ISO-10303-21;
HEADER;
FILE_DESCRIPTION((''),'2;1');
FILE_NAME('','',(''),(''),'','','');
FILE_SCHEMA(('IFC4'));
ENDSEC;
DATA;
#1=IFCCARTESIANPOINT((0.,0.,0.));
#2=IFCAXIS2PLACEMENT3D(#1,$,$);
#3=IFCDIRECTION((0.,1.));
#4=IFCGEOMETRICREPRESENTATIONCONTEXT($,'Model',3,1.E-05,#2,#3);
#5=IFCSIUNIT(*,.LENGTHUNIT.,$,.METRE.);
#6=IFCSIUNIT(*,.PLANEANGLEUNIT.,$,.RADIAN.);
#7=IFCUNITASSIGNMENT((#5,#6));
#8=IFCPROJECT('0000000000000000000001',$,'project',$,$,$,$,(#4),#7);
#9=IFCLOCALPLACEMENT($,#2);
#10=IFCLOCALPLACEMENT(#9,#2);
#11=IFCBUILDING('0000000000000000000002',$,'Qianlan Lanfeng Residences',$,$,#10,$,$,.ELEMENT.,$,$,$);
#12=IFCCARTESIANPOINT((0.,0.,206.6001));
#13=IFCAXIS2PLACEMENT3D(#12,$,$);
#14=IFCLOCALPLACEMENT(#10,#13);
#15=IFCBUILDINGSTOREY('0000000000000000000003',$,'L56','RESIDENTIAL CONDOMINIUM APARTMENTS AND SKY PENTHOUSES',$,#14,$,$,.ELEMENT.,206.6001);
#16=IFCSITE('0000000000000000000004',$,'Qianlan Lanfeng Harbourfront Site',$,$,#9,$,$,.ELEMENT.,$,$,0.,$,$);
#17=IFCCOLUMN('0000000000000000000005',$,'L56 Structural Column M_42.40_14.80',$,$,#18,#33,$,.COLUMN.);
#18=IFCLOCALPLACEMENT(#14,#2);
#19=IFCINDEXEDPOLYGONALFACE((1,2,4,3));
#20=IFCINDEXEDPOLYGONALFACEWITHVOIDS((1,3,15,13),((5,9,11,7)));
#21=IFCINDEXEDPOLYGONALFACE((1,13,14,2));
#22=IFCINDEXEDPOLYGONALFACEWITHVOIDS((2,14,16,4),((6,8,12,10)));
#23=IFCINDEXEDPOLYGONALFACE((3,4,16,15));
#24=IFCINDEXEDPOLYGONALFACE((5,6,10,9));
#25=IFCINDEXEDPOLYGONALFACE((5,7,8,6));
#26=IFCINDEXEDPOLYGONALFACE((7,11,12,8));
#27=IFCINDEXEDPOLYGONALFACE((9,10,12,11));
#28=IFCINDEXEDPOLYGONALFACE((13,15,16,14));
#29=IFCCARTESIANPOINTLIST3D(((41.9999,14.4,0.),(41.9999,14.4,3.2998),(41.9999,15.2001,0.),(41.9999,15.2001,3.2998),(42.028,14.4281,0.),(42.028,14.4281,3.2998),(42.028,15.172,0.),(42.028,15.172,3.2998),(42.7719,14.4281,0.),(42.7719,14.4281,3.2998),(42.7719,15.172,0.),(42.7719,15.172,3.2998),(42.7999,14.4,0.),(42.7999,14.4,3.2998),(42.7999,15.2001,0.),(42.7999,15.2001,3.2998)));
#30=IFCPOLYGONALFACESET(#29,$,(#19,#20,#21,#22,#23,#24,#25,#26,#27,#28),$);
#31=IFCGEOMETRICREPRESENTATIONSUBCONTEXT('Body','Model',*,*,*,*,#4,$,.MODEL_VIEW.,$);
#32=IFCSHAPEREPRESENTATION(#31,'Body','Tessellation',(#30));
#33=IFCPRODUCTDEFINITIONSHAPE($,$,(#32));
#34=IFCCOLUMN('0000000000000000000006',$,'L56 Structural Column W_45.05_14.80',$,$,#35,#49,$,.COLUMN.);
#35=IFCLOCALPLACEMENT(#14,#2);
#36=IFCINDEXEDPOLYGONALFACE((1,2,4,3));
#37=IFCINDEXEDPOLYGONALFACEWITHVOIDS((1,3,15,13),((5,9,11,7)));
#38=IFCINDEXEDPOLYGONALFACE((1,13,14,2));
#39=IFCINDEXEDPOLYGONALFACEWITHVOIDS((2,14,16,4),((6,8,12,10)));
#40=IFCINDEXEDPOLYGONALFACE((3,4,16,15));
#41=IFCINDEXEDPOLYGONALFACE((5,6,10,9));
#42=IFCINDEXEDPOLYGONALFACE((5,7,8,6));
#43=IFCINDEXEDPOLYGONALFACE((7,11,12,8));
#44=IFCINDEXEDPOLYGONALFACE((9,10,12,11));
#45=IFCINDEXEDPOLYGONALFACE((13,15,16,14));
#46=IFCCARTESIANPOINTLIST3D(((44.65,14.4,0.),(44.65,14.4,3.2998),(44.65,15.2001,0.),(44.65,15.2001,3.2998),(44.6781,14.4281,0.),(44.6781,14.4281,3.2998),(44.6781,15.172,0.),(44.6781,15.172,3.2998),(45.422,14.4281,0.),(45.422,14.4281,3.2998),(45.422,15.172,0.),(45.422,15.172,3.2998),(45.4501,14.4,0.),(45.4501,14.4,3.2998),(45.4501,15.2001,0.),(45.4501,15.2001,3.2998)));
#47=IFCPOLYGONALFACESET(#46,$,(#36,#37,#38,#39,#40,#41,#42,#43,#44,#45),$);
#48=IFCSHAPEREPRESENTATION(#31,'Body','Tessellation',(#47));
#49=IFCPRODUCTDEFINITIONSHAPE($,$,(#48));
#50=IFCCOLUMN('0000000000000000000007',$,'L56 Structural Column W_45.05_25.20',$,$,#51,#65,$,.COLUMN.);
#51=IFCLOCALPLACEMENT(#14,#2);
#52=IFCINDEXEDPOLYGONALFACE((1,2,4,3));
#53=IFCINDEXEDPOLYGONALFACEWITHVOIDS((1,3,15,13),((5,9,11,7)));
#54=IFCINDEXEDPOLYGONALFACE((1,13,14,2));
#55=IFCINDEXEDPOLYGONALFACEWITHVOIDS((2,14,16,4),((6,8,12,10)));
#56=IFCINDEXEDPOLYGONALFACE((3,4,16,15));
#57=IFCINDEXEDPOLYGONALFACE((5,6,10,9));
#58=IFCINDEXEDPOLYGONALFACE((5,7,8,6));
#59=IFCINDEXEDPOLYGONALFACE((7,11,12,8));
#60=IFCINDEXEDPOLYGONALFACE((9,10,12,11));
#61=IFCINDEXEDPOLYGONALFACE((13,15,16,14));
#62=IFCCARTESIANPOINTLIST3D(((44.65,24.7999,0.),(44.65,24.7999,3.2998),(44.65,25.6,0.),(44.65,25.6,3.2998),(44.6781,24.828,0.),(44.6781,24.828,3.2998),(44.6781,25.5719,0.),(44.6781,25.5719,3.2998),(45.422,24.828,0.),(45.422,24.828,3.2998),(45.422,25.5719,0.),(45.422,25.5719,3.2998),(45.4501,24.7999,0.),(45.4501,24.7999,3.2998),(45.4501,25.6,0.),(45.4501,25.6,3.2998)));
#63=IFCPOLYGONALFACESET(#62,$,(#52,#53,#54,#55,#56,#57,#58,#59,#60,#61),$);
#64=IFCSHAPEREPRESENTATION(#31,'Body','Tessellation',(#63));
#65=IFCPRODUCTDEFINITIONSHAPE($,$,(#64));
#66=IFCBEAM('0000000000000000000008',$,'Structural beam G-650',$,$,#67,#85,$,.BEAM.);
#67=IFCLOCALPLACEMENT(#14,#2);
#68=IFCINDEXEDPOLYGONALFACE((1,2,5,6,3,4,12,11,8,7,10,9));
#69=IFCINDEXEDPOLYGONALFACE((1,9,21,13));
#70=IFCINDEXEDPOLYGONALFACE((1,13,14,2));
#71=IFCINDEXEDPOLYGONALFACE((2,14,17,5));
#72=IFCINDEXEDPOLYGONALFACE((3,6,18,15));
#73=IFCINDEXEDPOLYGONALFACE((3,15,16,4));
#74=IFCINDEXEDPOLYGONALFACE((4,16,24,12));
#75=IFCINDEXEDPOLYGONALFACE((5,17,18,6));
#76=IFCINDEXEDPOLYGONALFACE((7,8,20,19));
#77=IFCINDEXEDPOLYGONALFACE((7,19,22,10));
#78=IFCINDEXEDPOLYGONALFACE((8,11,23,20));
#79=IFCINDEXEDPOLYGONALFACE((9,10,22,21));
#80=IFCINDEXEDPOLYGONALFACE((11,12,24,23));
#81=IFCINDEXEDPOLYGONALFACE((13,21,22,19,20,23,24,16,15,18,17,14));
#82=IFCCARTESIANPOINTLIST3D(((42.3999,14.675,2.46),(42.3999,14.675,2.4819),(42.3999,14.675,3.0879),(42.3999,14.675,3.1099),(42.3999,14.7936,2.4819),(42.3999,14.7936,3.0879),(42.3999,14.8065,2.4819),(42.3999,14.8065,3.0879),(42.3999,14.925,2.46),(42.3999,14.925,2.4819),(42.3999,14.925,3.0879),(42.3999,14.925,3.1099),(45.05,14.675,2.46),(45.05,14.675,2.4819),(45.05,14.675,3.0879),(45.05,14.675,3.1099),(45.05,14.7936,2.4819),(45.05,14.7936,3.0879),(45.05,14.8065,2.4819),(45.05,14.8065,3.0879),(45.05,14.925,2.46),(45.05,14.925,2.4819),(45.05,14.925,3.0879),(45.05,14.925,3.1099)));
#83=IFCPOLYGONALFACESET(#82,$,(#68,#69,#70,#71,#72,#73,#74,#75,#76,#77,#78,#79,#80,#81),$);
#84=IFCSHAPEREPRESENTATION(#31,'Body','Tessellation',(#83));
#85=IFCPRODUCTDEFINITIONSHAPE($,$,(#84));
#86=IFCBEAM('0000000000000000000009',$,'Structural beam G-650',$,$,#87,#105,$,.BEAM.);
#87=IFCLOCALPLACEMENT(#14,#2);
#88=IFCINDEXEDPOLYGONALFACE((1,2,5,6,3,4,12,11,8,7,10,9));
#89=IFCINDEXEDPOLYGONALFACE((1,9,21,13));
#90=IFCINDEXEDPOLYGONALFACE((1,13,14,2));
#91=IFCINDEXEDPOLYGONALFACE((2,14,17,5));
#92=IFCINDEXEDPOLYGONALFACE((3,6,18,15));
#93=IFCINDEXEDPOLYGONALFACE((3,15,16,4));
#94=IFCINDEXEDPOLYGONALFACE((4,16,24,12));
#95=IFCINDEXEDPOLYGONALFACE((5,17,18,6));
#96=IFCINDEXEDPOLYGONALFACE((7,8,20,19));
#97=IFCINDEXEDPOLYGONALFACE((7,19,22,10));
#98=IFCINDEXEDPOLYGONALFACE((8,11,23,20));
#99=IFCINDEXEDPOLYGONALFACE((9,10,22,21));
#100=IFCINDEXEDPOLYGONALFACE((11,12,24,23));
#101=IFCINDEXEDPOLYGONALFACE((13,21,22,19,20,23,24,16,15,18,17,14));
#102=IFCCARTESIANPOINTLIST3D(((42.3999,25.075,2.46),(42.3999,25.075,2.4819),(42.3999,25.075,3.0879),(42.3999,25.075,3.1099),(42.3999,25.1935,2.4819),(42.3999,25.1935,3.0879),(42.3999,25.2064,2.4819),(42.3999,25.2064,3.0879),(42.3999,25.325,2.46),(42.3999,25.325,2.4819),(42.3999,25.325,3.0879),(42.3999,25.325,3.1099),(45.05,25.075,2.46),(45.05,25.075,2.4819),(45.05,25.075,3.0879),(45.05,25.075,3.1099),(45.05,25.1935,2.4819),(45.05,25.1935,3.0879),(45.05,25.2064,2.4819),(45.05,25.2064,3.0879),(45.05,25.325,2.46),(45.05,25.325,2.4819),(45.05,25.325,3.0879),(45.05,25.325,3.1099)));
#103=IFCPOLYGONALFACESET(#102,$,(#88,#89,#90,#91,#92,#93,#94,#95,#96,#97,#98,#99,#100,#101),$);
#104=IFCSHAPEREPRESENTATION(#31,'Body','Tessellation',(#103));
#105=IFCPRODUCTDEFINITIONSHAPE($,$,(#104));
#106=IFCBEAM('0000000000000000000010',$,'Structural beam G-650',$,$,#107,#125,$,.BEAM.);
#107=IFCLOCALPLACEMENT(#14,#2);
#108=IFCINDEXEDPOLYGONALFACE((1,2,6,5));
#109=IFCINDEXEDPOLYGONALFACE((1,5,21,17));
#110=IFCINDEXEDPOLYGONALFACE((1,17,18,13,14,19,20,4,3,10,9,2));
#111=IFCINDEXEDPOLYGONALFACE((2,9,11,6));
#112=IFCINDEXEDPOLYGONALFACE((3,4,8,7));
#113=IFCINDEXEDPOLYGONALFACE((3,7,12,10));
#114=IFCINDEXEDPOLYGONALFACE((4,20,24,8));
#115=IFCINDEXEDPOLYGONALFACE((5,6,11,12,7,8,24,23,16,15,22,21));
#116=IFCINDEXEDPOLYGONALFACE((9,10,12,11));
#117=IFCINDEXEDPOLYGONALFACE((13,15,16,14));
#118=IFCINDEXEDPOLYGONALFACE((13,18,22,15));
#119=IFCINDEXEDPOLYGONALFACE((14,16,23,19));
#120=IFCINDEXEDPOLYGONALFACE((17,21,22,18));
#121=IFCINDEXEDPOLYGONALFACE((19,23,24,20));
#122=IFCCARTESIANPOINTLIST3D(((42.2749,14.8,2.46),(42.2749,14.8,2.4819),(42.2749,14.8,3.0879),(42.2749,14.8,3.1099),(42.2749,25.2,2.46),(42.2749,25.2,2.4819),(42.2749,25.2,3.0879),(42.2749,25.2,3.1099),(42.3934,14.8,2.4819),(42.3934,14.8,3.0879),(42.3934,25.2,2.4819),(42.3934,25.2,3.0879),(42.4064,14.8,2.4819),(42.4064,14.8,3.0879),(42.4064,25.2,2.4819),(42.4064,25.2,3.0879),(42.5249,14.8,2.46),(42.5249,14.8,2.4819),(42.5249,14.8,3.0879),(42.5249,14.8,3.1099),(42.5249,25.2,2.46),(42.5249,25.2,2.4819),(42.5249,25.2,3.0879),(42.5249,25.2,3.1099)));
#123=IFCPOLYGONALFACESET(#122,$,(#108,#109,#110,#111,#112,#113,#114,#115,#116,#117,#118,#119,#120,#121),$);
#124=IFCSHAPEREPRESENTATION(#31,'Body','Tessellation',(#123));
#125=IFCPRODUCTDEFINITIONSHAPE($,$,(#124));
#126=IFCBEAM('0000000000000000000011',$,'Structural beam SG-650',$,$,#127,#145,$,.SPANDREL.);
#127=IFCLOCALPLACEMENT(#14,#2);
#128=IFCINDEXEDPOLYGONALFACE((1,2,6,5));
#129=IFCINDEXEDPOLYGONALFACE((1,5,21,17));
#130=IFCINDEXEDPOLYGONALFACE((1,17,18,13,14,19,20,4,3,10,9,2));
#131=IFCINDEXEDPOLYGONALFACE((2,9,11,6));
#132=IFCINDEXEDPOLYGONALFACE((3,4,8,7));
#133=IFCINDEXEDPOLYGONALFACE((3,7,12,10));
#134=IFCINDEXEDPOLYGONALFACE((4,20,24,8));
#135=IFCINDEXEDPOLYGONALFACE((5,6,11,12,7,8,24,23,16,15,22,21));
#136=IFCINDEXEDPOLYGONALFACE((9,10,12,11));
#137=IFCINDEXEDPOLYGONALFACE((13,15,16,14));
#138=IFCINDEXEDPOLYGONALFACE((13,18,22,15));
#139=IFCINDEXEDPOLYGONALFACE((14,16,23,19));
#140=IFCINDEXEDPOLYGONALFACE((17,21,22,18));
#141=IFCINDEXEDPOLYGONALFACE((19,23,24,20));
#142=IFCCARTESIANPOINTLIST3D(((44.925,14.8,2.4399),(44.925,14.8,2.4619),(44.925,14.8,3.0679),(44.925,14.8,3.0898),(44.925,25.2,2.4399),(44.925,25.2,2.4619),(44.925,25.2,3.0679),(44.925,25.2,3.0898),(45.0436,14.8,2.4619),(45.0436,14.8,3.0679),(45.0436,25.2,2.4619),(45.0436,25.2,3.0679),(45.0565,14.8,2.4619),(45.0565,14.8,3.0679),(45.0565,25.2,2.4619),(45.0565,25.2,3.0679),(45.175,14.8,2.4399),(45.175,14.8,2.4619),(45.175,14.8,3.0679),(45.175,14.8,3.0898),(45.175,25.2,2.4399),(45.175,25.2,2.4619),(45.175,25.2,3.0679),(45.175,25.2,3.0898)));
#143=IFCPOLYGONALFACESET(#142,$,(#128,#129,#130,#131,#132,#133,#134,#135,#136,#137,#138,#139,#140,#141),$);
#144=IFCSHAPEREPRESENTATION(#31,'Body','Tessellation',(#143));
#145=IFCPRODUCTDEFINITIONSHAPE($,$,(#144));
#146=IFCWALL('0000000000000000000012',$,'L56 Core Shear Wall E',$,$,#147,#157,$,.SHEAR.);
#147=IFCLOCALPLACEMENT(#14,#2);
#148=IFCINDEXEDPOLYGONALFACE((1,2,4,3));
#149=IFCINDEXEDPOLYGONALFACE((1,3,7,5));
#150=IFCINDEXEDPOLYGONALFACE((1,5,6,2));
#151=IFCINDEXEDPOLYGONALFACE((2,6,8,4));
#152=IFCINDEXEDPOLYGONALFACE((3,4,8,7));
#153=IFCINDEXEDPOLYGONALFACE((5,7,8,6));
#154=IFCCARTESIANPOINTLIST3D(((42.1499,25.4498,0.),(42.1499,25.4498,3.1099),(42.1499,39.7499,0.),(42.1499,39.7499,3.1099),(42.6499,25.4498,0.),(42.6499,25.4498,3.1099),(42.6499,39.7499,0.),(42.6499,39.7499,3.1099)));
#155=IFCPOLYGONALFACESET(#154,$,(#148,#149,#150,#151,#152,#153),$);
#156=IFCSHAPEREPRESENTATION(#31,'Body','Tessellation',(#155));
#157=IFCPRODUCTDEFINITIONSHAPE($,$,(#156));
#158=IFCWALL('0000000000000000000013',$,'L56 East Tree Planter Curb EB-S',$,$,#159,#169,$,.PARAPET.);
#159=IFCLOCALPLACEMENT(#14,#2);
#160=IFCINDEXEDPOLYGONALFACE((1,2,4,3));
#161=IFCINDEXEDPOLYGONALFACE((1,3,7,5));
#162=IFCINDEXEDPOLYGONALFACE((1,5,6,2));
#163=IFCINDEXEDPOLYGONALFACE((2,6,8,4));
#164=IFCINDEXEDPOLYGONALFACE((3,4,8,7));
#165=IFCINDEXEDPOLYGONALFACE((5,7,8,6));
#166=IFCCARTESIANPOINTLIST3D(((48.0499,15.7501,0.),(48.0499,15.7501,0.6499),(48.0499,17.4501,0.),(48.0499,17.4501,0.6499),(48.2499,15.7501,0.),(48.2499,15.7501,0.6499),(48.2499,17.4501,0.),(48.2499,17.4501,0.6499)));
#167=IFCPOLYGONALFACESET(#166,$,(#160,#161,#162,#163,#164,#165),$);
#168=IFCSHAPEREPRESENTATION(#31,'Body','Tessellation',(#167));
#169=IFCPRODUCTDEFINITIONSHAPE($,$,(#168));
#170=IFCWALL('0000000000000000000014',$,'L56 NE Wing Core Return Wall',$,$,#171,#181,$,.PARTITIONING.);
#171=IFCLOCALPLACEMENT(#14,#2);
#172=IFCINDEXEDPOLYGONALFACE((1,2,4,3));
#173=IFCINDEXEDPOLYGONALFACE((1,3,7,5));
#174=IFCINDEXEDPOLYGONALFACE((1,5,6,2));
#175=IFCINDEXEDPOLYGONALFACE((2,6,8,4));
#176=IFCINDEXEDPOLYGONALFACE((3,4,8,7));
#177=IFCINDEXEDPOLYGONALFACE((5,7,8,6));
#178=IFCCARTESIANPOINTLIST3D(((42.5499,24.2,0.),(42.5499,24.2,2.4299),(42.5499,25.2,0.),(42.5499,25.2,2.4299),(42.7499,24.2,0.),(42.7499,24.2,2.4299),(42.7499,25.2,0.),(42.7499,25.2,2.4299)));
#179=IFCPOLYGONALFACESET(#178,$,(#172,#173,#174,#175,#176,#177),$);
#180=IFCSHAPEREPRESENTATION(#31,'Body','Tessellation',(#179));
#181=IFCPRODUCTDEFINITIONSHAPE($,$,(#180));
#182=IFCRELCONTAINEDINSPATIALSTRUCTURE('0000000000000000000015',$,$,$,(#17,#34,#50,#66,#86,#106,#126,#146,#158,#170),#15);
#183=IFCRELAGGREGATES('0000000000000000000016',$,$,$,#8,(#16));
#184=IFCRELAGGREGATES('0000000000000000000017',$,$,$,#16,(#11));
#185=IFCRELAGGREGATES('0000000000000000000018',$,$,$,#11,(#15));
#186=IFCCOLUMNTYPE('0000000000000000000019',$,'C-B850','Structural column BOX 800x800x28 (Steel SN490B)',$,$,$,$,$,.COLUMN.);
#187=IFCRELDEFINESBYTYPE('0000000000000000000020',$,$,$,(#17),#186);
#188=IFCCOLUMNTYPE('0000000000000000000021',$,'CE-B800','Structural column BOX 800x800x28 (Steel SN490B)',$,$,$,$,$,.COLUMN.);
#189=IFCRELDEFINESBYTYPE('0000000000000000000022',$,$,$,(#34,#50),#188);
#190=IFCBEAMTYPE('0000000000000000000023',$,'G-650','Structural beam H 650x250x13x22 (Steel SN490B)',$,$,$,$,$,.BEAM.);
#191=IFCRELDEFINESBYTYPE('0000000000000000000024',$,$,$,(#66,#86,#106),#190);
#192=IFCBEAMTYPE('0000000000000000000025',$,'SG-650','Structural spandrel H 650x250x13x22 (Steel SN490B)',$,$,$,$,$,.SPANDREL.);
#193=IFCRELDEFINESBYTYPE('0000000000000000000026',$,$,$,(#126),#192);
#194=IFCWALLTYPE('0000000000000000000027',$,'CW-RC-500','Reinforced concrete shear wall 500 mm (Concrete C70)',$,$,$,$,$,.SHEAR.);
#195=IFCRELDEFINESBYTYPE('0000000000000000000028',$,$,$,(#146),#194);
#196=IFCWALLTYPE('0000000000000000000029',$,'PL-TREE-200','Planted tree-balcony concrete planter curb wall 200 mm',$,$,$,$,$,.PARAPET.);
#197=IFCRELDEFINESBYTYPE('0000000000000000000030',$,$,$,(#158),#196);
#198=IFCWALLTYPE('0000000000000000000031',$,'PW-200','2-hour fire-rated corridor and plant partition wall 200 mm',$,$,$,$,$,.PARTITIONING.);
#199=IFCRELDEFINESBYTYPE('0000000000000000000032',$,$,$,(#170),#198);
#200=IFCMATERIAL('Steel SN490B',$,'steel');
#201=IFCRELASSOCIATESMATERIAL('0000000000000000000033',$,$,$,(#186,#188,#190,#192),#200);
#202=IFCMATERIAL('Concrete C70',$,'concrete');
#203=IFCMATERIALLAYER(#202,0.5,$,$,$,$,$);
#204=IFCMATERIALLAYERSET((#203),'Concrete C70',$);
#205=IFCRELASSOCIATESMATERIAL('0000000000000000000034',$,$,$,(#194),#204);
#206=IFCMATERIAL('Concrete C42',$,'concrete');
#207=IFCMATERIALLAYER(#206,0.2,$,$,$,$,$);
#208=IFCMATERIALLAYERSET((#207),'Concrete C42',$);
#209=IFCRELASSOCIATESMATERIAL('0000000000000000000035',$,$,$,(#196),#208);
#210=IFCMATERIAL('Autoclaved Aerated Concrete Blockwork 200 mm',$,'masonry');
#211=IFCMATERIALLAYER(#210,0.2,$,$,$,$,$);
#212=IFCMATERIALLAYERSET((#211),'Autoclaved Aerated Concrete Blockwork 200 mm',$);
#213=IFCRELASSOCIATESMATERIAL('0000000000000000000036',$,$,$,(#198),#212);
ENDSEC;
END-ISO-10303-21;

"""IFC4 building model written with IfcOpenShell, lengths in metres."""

from ifc_helpers import new_model, si_unit, direction, frame, frame_2d, origin, origin_2d, place, context, subcontext, project, spatial, rectangle, hollow_rectangle, i_section, extrude, material, layer, layer_set, material_profile, profile_set, type_object, element, save


model = new_model("IFC4")

# Units and contexts
model_context = context("Model", 3, precision=1e-05, world=origin(), true_north=direction((0.0, 1.0)))
body_context = subcontext(model_context, "Body", "Model", "MODEL_VIEW")
ifc_project = project(units=[si_unit("LENGTHUNIT", "METRE"), si_unit("PLANEANGLEUNIT", "RADIAN")], contexts=[model_context])

# Site, building, storey
site_placement = place(None, origin())
site = spatial("IfcSite", under=ifc_project, at=site_placement, Name="Qianlan Lanfeng Harbourfront Site", CompositionType="ELEMENT", RefElevation=0.0)
building_placement = place(site_placement, origin())
building = spatial("IfcBuilding", under=site, at=building_placement, Name="Qianlan Lanfeng Residences", CompositionType="ELEMENT")
storey_placement = place(building_placement, frame((0.0, 0.0, 206.6001)))
storey = spatial("IfcBuildingStorey", under=building, at=storey_placement, Name="L56", Description="RESIDENTIAL CONDOMINIUM APARTMENTS AND SKY PENTHOUSES", CompositionType="ELEMENT", Elevation=206.6001)

# Columns
ifc_material_1 = material(Name="Steel SN490B", Category="steel")
ifc_material_profile_1 = material_profile(ifc_material_1, hollow_rectangle(XDim=0.8, YDim=0.8, WallThickness=0.0281, at=origin_2d()), Name="BOX 800x800x28")
ifc_profile_set_1 = profile_set([ifc_material_profile_1], Name="Steel SN490B")
column_type_1 = type_object("IfcColumnType", Name="C-B850", Description="Structural column BOX 800x800x28 (Steel SN490B)", PredefinedType="COLUMN", material=ifc_profile_set_1)
column_placement = place(storey_placement, frame((42.3999, 14.8, 0.0), z_axis=(0.0, 0.0, 1.0), x_axis=(1.0, 0.0, 0.0)))
element("IfcColumn", 1, at=column_placement, inside=storey, type_object=column_type_1, Name="L56 Structural Column M_42.40_14.80", PredefinedType="COLUMN", context=body_context, shape_type="SweptSolid", body=[
    extrude(hollow_rectangle(XDim=0.8, YDim=0.8, WallThickness=0.0281, at=origin_2d()), origin(), (0.0, 0.0, 1.0), 3.2998),
])
ifc_material_profile_2 = material_profile(ifc_material_1, hollow_rectangle(XDim=0.8, YDim=0.8, WallThickness=0.0281, at=origin_2d()), Name="BOX 800x800x28")
ifc_profile_set_2 = profile_set([ifc_material_profile_2], Name="Steel SN490B")
column_type_2 = type_object("IfcColumnType", Name="CE-B800", Description="Structural column BOX 800x800x28 (Steel SN490B)", PredefinedType="COLUMN", material=ifc_profile_set_2)
for number, where, z_axis, x_axis, name in (
    (2, (45.05, 14.8, 0.0), (0.0, 0.0, 1.0), (1.0, 0.0, 0.0), "L56 Structural Column W_45.05_14.80"),
    (3, (45.05, 25.2, 0.0), (0.0, 0.0, 1.0), (1.0, 0.0, 0.0), "L56 Structural Column W_45.05_25.20"),
):
    element("IfcColumn", number, at=place(storey_placement, frame(where, z_axis=z_axis, x_axis=x_axis)), inside=storey, type_object=column_type_2, Name=name, PredefinedType="COLUMN", context=body_context, shape_type="SweptSolid", body=[
        extrude(hollow_rectangle(XDim=0.8, YDim=0.8, WallThickness=0.0281, at=origin_2d()), origin(), (0.0, 0.0, 1.0), 3.2998),
    ])

# Beams
ifc_material_profile_3 = material_profile(ifc_material_1, i_section(OverallWidth=0.25, OverallDepth=0.6499, WebThickness=0.0129, FlangeThickness=0.022, at=origin_2d()), Name="H 650x250x13x22")
ifc_profile_set_3 = profile_set([ifc_material_profile_3], Name="Steel SN490B")
beam_type_1 = type_object("IfcBeamType", Name="G-650", Description="Structural beam H 650x250x13x22 (Steel SN490B)", PredefinedType="BEAM", material=ifc_profile_set_3)
for number, where, z_axis, x_axis, name in (
    (4, (42.3999, 14.8, 2.7849), (1.0, 0.0, 0.0), (0.0, 1.0, 0.0), "Structural beam G-650"),
    (5, (42.3999, 25.2, 2.7849), (1.0, 0.0, 0.0), (0.0, 1.0, 0.0), "Structural beam G-650"),
):
    element("IfcBeam", number, at=place(storey_placement, frame(where, z_axis=z_axis, x_axis=x_axis)), inside=storey, type_object=beam_type_1, Name=name, PredefinedType="BEAM", context=body_context, shape_type="SweptSolid", body=[
        extrude(i_section(OverallWidth=0.25, OverallDepth=0.6499, WebThickness=0.0129, FlangeThickness=0.022, at=origin_2d()), origin(), (0.0, 0.0, 1.0), 2.6501),
    ])
beam_1_placement = place(storey_placement, frame((42.3999, 14.8, 2.7849), z_axis=(0.0, 1.0, 0.0), x_axis=(-1.0, 0.0, 0.0)))
element("IfcBeam", 6, at=beam_1_placement, inside=storey, type_object=beam_type_1, Name="Structural beam G-650", PredefinedType="BEAM", context=body_context, shape_type="SweptSolid", body=[
    extrude(i_section(OverallWidth=0.25, OverallDepth=0.6499, WebThickness=0.0129, FlangeThickness=0.022, at=origin_2d()), origin(), (0.0, 0.0, 1.0), 10.3999),
])
ifc_material_profile_4 = material_profile(ifc_material_1, i_section(OverallWidth=0.25, OverallDepth=0.6499, WebThickness=0.0129, FlangeThickness=0.022, at=origin_2d()), Name="H 650x250x13x22")
ifc_profile_set_4 = profile_set([ifc_material_profile_4], Name="Steel SN490B")
beam_type_2 = type_object("IfcBeamType", Name="SG-650", Description="Structural spandrel H 650x250x13x22 (Steel SN490B)", PredefinedType="SPANDREL", material=ifc_profile_set_4)
beam_2_placement = place(storey_placement, frame((45.05, 14.8, 2.7649), z_axis=(0.0, 1.0, 0.0), x_axis=(-1.0, 0.0, 0.0)))
element("IfcBeam", 7, at=beam_2_placement, inside=storey, type_object=beam_type_2, Name="Structural beam SG-650", PredefinedType="SPANDREL", context=body_context, shape_type="SweptSolid", body=[
    extrude(i_section(OverallWidth=0.25, OverallDepth=0.6499, WebThickness=0.0129, FlangeThickness=0.022, at=origin_2d()), origin(), (0.0, 0.0, 1.0), 10.3999),
])

# Walls
ifc_material_2 = material(Name="Concrete C70", Category="concrete")
ifc_layer_1 = layer(ifc_material_2, 0.5)
ifc_layer_set_1 = layer_set([ifc_layer_1], Name="Concrete C70")
wall_type_1 = type_object("IfcWallType", Name="CW-RC-500", Description="Reinforced concrete shear wall 500 mm (Concrete C70)", PredefinedType="SHEAR", material=ifc_layer_set_1)
wall_1_placement = place(storey_placement, frame((42.3999, 25.45, 0.0), z_axis=(0.0, 0.0, 1.0), x_axis=(0.0, 1.0, 0.0)))
element("IfcWall", 8, at=wall_1_placement, inside=storey, type_object=wall_type_1, Name="L56 Core Shear Wall E", PredefinedType="SHEAR", context=body_context, shape_type="SweptSolid", body=[
    extrude(rectangle(XDim=14.3, YDim=0.5, at=frame_2d((7.1499, 0.0))), origin(), (0.0, 0.0, 1.0), 3.1099),
])
ifc_material_3 = material(Name="Concrete C42", Category="concrete")
ifc_layer_2 = layer(ifc_material_3, 0.2)
ifc_layer_set_2 = layer_set([ifc_layer_2], Name="Concrete C42")
wall_type_2 = type_object("IfcWallType", Name="PL-TREE-200", Description="Planted tree-balcony concrete planter curb wall 200 mm", PredefinedType="PARAPET", material=ifc_layer_set_2)
wall_2_placement = place(storey_placement, frame((48.1499, 15.75, 0.0), z_axis=(0.0, 0.0, 1.0), x_axis=(0.0, 1.0, 0.0)))
element("IfcWall", 9, at=wall_2_placement, inside=storey, type_object=wall_type_2, Name="L56 East Tree Planter Curb EB-S", PredefinedType="PARAPET", context=body_context, shape_type="SweptSolid", body=[
    extrude(rectangle(XDim=1.7, YDim=0.2, at=frame_2d((0.8501, 0.0))), origin(), (0.0, 0.0, 1.0), 0.6499),
])

# Shared definitions
ifc_material_4 = material(Name="Autoclaved Aerated Concrete Blockwork 200 mm", Category="masonry")
ifc_layer_3 = layer(ifc_material_4, 0.2)
ifc_layer_set_3 = layer_set([ifc_layer_3], Name="Autoclaved Aerated Concrete Blockwork 200 mm")
wall_type_3 = type_object("IfcWallType", Name="PW-200", Description="2-hour fire-rated corridor and plant partition wall 200 mm", PredefinedType="PARTITIONING", material=ifc_layer_set_3)

# Wall
wall_3_placement = place(storey_placement, frame((42.6499, 24.2, 0.0), z_axis=(0.0, 0.0, 1.0), x_axis=(0.0, 1.0, 0.0)))
element("IfcWall", 10, at=wall_3_placement, inside=storey, type_object=wall_type_3, Name="L56 NE Wing Core Return Wall", PredefinedType="PARTITIONING", context=body_context, shape_type="SweptSolid", body=[
    extrude(rectangle(XDim=1.0, YDim=0.2, at=frame_2d((0.5, 0.0))), origin(), (0.0, 0.0, 1.0), 2.4299),
])

save(model, "model.ifc")
